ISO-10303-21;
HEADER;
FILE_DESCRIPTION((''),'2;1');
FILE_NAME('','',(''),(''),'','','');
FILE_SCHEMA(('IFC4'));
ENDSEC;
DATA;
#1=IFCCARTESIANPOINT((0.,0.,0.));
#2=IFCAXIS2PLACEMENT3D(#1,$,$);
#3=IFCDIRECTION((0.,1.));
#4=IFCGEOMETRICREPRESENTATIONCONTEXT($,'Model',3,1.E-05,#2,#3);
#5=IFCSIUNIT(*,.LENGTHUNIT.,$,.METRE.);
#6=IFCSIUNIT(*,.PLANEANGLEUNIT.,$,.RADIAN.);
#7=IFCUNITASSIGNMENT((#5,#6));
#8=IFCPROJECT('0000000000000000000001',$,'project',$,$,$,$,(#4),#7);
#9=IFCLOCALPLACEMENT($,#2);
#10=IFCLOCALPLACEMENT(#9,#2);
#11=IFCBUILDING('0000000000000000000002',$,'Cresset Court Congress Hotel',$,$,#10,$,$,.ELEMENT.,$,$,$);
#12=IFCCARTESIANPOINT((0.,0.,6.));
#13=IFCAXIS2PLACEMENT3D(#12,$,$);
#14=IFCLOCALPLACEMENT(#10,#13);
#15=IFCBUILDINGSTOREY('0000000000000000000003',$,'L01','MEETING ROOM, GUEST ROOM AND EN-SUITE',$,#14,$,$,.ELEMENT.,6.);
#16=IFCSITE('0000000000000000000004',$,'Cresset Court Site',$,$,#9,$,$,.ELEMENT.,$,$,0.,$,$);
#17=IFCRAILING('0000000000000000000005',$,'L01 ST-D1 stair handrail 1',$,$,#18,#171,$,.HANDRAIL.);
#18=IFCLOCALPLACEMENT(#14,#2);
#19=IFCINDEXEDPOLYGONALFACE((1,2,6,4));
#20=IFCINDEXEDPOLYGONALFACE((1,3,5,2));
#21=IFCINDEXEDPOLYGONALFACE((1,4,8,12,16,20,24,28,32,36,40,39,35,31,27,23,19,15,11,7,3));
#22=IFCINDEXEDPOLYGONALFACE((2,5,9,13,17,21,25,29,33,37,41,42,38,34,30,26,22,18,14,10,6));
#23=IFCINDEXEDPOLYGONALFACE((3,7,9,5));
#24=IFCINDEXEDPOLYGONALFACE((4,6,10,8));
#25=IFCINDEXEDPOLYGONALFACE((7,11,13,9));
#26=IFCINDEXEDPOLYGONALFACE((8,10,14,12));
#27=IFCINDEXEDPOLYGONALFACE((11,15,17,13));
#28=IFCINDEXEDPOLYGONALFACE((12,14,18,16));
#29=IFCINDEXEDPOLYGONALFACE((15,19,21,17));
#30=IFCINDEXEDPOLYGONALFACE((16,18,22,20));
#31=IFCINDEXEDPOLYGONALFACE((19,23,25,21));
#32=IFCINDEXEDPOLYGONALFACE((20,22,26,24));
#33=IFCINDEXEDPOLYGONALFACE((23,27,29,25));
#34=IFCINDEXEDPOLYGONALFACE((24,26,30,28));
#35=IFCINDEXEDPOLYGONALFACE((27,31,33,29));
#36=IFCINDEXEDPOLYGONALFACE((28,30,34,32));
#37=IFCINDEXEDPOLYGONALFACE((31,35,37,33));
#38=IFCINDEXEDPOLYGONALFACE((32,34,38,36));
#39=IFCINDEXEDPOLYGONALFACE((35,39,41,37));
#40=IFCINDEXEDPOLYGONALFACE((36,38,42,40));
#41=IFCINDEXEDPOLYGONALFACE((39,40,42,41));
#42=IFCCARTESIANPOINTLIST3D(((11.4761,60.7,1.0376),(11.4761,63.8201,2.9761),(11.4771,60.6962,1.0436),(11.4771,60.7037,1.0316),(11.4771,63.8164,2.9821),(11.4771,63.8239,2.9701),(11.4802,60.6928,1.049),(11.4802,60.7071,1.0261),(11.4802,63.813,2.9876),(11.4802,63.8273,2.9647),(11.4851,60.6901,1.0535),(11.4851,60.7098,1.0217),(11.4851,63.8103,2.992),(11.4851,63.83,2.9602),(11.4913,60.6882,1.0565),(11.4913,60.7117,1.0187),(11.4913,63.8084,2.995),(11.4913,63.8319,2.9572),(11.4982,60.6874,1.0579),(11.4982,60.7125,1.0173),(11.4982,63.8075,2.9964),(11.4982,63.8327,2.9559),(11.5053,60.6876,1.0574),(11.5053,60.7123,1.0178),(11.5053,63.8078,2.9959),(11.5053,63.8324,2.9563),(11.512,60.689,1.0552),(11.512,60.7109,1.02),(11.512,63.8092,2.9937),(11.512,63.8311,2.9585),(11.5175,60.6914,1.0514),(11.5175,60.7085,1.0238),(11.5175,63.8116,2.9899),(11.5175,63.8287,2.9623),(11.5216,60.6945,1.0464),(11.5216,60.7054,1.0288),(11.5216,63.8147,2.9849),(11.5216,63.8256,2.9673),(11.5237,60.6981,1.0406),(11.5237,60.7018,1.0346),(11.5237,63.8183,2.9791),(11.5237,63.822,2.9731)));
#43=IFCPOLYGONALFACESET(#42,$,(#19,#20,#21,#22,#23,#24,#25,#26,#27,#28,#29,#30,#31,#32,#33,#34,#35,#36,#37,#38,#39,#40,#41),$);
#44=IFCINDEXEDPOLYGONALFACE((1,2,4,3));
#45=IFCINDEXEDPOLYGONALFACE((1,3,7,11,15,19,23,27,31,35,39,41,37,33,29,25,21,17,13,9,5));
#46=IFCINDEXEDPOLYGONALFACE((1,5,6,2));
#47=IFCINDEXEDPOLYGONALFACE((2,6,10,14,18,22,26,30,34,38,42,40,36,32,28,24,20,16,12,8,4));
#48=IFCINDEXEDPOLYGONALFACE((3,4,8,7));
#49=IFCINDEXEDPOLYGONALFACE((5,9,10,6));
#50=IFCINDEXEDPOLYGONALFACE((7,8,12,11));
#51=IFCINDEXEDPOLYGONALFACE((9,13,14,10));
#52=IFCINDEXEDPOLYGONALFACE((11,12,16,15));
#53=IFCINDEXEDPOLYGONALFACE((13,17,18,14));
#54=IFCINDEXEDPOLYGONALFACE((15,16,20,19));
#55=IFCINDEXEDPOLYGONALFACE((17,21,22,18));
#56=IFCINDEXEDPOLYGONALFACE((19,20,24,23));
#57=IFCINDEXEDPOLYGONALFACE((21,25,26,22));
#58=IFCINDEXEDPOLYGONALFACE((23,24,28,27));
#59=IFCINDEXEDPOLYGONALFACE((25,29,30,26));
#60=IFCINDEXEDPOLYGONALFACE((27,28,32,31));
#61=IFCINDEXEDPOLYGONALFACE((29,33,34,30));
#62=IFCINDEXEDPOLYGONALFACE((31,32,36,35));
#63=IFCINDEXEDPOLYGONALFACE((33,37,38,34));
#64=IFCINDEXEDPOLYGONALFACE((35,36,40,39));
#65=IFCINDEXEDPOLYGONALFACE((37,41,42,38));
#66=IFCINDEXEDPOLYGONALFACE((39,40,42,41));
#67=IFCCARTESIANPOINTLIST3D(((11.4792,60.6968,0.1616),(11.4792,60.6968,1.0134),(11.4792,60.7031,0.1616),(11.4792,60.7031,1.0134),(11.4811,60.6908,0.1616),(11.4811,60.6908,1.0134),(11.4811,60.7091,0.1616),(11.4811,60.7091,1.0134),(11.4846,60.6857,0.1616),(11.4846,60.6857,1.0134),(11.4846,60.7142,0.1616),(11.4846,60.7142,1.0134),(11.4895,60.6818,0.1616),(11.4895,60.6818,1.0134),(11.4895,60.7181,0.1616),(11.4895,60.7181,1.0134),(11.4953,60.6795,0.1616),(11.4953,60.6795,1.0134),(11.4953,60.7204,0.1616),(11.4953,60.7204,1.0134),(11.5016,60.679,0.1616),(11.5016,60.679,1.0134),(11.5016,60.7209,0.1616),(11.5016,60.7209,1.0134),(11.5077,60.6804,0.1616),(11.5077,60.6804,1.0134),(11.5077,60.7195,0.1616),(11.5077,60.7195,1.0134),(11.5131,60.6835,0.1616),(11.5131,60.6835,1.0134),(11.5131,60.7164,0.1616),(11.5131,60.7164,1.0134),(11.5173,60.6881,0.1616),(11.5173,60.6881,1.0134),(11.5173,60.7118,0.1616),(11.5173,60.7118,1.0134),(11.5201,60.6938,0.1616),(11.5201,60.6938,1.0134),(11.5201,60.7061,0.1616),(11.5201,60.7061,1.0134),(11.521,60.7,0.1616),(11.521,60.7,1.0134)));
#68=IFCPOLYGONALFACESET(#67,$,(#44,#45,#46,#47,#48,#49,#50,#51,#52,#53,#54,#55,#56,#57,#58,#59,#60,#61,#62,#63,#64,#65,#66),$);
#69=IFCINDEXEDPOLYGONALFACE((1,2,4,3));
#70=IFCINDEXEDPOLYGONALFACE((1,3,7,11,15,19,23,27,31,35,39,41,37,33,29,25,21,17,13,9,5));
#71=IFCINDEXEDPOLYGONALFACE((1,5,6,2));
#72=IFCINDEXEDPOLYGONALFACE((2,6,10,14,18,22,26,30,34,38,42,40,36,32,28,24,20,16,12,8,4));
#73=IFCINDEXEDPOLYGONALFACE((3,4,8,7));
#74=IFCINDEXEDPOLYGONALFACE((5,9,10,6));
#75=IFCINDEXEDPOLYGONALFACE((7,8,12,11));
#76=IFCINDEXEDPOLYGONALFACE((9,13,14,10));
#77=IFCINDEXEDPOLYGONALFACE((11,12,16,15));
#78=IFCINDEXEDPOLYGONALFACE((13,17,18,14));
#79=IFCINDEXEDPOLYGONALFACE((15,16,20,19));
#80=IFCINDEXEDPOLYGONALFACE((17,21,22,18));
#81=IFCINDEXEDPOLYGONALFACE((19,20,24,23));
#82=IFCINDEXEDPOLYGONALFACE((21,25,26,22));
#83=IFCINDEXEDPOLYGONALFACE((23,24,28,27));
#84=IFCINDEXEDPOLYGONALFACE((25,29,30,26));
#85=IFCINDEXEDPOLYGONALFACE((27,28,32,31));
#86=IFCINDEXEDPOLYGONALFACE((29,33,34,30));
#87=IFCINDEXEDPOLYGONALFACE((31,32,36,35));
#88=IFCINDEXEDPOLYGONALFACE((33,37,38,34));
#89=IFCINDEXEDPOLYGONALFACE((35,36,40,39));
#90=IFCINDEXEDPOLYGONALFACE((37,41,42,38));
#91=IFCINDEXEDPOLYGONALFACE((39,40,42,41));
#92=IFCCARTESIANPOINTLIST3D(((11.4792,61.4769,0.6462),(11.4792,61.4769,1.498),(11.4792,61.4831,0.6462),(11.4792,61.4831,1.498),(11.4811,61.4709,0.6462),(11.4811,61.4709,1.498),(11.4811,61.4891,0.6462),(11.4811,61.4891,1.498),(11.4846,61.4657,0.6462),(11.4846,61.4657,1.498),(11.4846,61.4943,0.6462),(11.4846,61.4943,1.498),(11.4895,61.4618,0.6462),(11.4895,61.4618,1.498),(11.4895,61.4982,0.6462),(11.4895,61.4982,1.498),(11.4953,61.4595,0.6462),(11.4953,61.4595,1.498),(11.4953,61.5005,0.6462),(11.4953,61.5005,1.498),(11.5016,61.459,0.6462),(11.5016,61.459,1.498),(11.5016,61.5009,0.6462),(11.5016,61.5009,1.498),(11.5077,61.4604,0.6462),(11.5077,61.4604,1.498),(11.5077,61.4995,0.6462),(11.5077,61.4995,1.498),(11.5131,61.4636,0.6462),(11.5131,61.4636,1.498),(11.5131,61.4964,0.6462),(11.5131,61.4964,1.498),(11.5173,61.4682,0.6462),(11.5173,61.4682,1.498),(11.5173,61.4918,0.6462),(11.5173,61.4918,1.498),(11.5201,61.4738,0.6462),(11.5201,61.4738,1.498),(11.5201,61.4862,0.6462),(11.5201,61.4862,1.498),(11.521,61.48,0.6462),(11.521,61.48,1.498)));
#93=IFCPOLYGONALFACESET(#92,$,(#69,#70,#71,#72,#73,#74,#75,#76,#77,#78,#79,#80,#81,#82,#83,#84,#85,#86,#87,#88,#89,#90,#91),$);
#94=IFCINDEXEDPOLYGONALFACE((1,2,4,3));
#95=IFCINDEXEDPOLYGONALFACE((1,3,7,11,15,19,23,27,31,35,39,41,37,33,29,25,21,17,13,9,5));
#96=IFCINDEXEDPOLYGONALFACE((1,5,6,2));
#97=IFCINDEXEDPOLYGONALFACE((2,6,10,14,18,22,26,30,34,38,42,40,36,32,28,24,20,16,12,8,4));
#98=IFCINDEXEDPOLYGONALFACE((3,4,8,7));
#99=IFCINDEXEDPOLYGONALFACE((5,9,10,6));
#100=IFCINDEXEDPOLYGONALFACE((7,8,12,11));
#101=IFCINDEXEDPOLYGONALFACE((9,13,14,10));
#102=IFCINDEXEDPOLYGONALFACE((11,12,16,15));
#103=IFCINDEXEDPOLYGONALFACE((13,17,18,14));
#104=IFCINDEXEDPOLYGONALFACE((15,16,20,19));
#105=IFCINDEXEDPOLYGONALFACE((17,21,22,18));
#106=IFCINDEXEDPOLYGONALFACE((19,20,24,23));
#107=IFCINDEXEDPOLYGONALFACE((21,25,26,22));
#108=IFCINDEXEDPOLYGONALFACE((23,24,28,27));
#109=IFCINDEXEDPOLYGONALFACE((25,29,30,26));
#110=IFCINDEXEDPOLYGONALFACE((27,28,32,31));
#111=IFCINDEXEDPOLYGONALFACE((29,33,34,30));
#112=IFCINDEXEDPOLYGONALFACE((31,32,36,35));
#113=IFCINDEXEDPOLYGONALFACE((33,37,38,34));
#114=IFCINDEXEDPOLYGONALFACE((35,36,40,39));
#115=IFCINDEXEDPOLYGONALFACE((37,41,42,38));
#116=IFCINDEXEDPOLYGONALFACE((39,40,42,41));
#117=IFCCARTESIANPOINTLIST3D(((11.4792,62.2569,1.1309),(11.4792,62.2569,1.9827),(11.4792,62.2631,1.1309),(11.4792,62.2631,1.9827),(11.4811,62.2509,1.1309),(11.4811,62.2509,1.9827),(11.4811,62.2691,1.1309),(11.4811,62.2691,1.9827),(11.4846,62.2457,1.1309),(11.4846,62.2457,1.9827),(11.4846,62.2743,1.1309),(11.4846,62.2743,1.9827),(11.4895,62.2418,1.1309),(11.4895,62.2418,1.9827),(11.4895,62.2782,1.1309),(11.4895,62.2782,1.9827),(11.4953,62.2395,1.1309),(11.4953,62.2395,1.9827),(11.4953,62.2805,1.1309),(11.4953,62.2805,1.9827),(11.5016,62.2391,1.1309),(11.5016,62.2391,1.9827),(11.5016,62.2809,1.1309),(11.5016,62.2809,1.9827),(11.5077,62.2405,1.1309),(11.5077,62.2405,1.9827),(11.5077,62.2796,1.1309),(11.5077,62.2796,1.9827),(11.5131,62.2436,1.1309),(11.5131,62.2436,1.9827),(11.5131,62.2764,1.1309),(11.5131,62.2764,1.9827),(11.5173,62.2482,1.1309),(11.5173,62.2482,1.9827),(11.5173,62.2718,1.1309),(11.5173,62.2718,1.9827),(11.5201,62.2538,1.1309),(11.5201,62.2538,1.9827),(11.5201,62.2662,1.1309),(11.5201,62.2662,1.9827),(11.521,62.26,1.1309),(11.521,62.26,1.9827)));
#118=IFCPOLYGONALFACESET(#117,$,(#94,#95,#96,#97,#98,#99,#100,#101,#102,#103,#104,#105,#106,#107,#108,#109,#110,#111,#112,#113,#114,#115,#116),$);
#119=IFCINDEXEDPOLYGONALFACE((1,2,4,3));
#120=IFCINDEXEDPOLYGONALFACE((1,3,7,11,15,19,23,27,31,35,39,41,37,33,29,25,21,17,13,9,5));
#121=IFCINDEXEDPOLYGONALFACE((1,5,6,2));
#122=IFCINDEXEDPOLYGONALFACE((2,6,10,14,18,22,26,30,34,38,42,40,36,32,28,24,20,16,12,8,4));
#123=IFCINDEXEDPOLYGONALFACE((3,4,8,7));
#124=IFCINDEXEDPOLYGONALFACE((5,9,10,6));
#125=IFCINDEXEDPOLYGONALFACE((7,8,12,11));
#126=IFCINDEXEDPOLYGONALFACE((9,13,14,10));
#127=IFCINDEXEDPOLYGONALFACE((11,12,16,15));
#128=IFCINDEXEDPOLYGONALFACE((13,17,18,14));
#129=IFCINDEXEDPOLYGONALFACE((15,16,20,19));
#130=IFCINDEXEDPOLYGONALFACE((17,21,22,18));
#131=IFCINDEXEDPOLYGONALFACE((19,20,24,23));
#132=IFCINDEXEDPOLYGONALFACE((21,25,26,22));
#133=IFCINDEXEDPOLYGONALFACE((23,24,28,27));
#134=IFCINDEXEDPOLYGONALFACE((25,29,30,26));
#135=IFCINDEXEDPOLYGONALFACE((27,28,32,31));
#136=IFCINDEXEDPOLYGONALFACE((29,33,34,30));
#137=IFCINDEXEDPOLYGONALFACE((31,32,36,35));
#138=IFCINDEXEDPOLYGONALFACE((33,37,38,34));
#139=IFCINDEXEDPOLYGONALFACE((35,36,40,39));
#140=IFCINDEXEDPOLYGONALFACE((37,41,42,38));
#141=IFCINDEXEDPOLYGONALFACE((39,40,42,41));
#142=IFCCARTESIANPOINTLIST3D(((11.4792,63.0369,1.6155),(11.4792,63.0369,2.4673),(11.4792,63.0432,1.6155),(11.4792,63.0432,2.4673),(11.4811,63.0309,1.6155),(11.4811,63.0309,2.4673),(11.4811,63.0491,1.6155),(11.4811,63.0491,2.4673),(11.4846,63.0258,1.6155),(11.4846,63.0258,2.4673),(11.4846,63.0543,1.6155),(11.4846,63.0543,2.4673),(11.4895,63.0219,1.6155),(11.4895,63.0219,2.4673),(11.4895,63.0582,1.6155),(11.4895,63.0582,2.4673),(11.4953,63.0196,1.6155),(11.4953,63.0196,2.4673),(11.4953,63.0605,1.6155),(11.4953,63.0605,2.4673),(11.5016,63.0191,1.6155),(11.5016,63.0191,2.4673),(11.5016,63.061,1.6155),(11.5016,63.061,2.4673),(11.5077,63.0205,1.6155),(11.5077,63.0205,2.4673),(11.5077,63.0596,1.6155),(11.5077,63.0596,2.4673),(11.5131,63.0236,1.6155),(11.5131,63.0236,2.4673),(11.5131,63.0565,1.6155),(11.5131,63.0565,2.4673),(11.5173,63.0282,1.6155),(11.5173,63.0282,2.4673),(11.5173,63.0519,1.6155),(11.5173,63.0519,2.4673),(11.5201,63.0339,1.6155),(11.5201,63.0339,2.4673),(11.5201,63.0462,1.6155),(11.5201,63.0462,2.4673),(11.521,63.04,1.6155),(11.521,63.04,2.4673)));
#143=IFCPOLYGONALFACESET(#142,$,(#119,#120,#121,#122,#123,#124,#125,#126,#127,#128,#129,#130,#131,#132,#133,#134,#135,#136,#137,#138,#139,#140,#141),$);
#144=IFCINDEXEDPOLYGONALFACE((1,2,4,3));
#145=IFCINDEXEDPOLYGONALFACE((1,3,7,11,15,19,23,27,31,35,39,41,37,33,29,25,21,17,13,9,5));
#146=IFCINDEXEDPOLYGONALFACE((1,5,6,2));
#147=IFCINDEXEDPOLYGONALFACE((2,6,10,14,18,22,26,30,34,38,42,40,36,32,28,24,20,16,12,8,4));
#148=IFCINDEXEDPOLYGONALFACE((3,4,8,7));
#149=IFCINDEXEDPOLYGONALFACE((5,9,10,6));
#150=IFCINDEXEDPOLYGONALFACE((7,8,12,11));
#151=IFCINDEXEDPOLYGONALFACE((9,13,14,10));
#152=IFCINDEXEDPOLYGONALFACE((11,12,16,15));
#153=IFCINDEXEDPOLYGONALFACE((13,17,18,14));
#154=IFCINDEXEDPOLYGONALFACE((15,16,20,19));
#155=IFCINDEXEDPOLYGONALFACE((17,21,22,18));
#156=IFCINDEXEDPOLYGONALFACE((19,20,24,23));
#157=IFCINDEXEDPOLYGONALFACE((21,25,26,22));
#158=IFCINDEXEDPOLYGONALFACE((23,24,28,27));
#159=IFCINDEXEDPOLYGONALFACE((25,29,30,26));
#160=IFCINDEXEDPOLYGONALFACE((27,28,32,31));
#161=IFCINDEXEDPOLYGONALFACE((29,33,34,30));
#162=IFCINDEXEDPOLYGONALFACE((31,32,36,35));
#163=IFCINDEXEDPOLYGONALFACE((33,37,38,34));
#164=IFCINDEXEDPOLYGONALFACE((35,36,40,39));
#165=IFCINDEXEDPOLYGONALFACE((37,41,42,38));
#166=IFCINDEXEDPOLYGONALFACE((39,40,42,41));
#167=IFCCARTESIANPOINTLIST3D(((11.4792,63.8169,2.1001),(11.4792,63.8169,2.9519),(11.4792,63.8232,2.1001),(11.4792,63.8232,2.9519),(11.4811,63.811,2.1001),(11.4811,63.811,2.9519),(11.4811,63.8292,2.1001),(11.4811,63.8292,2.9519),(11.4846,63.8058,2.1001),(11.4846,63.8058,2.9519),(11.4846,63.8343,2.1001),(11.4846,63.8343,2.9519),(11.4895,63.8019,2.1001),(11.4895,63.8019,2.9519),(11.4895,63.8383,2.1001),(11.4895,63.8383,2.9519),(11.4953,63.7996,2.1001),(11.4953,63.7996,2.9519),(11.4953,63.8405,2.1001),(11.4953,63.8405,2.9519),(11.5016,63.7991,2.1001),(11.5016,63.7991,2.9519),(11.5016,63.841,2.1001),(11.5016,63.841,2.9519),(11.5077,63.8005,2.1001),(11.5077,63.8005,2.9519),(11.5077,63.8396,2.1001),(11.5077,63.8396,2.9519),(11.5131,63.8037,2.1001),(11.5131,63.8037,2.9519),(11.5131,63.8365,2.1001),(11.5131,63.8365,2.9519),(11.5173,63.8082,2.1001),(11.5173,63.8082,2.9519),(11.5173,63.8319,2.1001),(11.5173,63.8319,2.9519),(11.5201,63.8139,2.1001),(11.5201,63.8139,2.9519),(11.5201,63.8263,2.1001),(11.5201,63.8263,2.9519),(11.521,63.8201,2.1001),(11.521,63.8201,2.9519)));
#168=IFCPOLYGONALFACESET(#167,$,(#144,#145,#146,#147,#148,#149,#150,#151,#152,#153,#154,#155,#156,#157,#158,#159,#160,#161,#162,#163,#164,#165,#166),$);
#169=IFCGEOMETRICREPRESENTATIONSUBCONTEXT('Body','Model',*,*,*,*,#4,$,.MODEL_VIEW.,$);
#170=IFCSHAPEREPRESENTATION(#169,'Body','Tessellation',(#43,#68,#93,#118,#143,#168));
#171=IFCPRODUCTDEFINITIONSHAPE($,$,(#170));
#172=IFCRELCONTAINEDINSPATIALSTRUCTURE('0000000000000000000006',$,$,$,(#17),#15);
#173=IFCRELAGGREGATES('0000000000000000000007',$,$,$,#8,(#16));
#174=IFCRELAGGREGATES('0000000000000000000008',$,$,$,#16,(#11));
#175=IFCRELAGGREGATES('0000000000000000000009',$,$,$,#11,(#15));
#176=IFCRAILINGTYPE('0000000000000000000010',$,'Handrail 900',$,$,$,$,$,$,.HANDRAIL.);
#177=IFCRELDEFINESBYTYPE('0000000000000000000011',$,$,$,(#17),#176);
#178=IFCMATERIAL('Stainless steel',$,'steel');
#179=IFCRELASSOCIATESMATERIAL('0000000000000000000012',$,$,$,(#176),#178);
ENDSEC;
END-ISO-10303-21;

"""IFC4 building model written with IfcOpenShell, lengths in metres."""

from ifc_helpers import new_model, si_unit, direction, frame, origin, origin_2d, place, context, subcontext, project, spatial, circle, extrude, material, type_object, element, save


model = new_model("IFC4")

# Units and contexts
model_context = context("Model", 3, precision=1e-05, world=origin(), true_north=direction((0.0, 1.0)))
body_context = subcontext(model_context, "Body", "Model", "MODEL_VIEW")
ifc_project = project(units=[si_unit("LENGTHUNIT", "METRE"), si_unit("PLANEANGLEUNIT", "RADIAN")], contexts=[model_context])

# Site, building, storey
site_placement = place(None, origin())
site = spatial("IfcSite", under=ifc_project, at=site_placement, Name="Cresset Court Site", CompositionType="ELEMENT", RefElevation=0.0)
building_placement = place(site_placement, origin())
building = spatial("IfcBuilding", under=site, at=building_placement, Name="Cresset Court Congress Hotel", CompositionType="ELEMENT")
storey_placement = place(building_placement, frame((0.0, 0.0, 6.0)))
storey = spatial("IfcBuildingStorey", under=building, at=storey_placement, Name="L01", Description="MEETING ROOM, GUEST ROOM AND EN-SUITE", CompositionType="ELEMENT", Elevation=6.0)

# Railing
ifc_material_1 = material(Name="Stainless steel", Category="steel")
railing_type_1 = type_object("IfcRailingType", Name="Handrail 900", PredefinedType="HANDRAIL", material=ifc_material_1)
railing_1_placement = place(storey_placement, frame((11.5, 60.7, 0.1616)))
element("IfcRailing", 1, at=railing_1_placement, inside=storey, type_object=railing_type_1, Name="L01 ST-D1 stair handrail 1", PredefinedType="HANDRAIL", context=body_context, shape_type="SweptSolid", body=[
    extrude(circle(Radius=0.0239, at=origin_2d()), frame((0.0, 0.0, 0.876), z_axis=(0.0, 0.849414, 0.527727), x_axis=(-1.0, 0.0, 0.0)), (0.0, 0.0, 1.0), 3.6733),
    extrude(circle(Radius=0.021, at=origin_2d()), origin(), (0.0, 0.0, 1.0), 0.8518),
    extrude(circle(Radius=0.021, at=origin_2d()), frame((0.0, 0.78, 0.4846)), (0.0, 0.0, 1.0), 0.8518),
    extrude(circle(Radius=0.021, at=origin_2d()), frame((0.0, 1.5601, 0.9692)), (0.0, 0.0, 1.0), 0.8518),
    extrude(circle(Radius=0.021, at=origin_2d()), frame((0.0, 2.3401, 1.4539)), (0.0, 0.0, 1.0), 0.8518),
    extrude(circle(Radius=0.021, at=origin_2d()), frame((0.0, 3.1201, 1.9385)), (0.0, 0.0, 1.0), 0.8518),
])

save(model, "model.ifc")
